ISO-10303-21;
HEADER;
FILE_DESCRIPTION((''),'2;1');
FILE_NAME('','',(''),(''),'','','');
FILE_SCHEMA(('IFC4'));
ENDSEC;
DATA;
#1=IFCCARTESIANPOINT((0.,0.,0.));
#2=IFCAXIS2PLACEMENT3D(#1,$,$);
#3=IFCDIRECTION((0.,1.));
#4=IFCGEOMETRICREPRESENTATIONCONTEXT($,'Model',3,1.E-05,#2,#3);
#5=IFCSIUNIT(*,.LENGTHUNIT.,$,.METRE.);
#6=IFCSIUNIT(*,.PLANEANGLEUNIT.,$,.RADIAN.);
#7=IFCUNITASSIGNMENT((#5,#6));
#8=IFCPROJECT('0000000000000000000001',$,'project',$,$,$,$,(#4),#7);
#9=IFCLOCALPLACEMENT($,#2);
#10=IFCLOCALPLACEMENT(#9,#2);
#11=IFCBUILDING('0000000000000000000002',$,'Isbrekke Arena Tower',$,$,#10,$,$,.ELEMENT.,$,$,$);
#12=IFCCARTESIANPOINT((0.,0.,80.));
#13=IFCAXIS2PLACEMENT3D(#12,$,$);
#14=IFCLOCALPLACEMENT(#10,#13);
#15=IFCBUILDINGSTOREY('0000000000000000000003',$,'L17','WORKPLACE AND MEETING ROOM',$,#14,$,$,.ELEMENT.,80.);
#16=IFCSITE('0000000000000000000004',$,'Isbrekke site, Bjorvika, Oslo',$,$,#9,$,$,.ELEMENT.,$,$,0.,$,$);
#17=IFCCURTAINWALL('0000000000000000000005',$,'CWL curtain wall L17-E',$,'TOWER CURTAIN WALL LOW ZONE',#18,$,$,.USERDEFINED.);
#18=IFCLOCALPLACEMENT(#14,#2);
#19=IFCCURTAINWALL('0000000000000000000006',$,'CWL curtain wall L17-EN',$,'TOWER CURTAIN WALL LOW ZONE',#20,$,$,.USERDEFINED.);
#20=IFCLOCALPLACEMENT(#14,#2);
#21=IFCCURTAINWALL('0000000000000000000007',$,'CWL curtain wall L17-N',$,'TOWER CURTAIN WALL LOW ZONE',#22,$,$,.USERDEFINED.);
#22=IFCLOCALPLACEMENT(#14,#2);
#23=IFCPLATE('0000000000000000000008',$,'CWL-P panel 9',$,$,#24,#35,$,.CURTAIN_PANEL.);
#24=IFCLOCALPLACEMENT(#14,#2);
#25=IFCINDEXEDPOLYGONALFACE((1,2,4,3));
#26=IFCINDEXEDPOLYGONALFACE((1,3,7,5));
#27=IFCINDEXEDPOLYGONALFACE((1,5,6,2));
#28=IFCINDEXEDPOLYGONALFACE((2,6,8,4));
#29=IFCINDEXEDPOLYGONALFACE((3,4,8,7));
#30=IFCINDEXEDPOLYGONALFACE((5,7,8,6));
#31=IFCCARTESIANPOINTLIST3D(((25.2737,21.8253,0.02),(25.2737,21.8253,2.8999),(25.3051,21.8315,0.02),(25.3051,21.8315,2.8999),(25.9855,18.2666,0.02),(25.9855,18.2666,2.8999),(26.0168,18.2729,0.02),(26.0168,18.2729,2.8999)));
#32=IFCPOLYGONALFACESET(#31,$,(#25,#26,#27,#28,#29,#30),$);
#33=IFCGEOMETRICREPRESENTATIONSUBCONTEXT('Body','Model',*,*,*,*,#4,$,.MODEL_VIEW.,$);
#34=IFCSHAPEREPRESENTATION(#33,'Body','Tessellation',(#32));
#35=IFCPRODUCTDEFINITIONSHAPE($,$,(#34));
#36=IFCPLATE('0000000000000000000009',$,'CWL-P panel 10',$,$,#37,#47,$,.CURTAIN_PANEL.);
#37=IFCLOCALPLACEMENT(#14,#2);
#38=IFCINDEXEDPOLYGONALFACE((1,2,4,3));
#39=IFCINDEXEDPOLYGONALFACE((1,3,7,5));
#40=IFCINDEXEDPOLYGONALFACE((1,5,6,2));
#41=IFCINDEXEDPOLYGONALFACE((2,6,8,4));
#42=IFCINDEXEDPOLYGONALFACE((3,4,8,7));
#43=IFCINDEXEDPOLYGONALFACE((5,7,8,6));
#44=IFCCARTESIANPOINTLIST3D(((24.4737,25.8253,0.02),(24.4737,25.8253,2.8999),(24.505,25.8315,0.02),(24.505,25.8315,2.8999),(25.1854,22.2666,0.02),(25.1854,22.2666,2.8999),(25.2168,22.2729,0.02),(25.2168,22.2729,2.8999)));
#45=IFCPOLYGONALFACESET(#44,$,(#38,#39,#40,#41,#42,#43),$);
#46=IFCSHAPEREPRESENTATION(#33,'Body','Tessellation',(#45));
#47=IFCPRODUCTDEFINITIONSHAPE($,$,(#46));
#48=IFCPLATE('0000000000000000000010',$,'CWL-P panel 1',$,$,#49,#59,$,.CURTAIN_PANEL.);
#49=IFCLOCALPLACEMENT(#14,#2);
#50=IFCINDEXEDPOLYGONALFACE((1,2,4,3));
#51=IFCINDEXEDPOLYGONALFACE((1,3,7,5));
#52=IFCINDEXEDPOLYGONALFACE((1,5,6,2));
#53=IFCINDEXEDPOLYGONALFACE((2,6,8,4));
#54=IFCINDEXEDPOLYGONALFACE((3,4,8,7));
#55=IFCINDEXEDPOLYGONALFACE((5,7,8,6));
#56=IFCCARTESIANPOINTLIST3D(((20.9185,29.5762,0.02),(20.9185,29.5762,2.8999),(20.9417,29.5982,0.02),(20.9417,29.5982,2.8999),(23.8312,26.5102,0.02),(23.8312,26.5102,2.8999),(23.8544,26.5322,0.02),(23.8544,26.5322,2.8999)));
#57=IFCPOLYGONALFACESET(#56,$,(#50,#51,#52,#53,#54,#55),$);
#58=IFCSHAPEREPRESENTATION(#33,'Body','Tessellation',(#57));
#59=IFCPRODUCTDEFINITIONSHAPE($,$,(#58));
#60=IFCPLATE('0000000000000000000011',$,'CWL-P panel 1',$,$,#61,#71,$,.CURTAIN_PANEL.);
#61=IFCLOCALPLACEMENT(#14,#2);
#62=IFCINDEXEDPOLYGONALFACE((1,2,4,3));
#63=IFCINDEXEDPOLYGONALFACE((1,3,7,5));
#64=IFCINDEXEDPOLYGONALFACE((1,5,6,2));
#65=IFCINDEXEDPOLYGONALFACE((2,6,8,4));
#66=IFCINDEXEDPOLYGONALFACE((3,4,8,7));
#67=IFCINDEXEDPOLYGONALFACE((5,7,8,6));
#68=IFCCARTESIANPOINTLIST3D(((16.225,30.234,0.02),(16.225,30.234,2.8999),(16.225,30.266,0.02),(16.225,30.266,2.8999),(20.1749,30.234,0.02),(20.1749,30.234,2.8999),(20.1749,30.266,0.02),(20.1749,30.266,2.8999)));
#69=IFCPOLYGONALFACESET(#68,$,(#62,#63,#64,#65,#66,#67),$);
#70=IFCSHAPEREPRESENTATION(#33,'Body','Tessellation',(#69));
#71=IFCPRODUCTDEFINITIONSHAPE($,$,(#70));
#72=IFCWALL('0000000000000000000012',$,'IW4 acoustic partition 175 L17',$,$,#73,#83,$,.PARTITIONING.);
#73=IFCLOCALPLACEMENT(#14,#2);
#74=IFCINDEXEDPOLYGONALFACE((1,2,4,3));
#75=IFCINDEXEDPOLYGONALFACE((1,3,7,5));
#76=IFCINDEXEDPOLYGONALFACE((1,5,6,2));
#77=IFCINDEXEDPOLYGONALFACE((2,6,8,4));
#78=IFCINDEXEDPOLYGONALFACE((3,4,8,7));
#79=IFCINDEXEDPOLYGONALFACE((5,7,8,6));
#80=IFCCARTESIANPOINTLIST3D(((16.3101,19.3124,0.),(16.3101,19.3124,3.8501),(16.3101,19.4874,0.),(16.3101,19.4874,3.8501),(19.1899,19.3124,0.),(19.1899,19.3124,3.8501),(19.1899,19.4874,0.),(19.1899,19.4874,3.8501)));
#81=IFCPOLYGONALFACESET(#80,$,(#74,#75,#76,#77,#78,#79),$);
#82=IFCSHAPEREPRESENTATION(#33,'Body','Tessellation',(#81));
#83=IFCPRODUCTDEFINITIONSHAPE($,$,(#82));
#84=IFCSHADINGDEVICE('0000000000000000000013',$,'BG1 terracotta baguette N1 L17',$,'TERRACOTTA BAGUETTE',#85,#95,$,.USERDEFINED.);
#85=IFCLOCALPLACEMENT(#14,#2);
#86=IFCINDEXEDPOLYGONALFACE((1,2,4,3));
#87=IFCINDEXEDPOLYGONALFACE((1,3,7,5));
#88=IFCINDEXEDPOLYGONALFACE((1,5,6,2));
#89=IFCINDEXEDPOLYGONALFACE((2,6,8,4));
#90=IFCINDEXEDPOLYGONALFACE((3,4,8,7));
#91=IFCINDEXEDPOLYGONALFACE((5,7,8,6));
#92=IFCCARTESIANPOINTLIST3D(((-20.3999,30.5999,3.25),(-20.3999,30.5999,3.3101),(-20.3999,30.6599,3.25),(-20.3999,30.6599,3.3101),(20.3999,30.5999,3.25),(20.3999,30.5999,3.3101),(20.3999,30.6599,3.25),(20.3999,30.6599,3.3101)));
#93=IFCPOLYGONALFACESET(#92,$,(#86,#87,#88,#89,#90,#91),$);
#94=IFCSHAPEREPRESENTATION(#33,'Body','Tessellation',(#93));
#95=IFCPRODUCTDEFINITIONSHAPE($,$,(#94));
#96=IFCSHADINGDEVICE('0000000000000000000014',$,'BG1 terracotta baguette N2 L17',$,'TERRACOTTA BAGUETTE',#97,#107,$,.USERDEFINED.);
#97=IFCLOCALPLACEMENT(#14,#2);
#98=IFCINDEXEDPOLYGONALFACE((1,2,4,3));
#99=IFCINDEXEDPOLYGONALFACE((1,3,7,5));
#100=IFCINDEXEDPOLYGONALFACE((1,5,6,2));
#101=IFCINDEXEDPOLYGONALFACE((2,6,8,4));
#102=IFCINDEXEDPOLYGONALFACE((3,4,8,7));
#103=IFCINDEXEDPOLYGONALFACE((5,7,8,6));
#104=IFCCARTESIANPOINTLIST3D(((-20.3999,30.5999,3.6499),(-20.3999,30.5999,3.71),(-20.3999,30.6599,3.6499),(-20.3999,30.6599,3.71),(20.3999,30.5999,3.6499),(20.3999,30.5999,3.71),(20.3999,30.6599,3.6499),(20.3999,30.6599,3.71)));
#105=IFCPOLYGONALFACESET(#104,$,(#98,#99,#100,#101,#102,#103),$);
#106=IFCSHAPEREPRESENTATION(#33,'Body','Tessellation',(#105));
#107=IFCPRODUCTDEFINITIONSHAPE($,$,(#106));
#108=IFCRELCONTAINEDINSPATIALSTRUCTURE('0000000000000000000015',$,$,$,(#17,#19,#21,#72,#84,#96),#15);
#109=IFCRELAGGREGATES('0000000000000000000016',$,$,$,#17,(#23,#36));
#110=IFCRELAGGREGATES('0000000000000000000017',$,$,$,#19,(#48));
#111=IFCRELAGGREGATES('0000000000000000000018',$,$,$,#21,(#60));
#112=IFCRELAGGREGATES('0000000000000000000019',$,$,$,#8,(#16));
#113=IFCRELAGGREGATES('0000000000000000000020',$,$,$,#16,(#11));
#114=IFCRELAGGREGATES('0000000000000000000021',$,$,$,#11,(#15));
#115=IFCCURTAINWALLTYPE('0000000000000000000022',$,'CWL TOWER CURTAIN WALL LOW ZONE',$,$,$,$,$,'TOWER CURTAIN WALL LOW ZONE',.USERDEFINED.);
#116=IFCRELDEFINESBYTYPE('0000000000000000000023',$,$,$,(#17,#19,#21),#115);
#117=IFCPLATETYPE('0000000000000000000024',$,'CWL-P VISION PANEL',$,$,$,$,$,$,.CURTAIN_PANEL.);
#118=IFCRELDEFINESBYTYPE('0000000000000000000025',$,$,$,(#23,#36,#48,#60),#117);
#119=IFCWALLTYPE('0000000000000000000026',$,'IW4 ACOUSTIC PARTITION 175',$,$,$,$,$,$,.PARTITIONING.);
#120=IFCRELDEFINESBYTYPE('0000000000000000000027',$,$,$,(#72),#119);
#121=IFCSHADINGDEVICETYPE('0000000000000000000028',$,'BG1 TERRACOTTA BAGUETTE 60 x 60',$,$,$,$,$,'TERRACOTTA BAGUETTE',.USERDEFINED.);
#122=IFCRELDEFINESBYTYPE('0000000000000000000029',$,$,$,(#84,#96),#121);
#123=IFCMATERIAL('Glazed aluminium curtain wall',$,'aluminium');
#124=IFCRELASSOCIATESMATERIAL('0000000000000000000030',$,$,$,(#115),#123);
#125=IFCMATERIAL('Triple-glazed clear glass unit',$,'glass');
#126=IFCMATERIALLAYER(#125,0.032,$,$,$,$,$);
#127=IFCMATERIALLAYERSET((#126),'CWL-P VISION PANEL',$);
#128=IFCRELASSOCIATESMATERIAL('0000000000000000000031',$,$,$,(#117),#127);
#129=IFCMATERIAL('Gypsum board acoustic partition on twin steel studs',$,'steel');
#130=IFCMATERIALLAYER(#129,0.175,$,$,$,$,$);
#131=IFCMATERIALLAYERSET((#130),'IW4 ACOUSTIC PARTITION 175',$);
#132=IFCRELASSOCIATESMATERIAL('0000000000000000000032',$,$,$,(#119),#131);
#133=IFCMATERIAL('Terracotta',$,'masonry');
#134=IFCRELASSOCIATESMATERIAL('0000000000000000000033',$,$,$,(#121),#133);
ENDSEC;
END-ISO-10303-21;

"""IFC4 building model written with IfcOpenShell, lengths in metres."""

from ifc_helpers import new_model, si_unit, direction, frame, frame_2d, origin, origin_2d, place, context, subcontext, project, spatial, rectangle, extrude, material, layer, layer_set, material_profile, profile_set, type_object, element, aggregate, save


model = new_model("IFC4")

# Units and contexts
model_context = context("Model", 3, precision=1e-05, world=origin(), true_north=direction((0.0, 1.0)))
body_context = subcontext(model_context, "Body", "Model", "MODEL_VIEW")
ifc_project = project(units=[si_unit("LENGTHUNIT", "METRE"), si_unit("PLANEANGLEUNIT", "RADIAN")], contexts=[model_context])

# Site, building, storey
site_placement = place(None, origin())
site = spatial("IfcSite", under=ifc_project, at=site_placement, Name="Isbrekke site, Bjorvika, Oslo", CompositionType="ELEMENT", RefElevation=0.0)
building_placement = place(site_placement, origin())
building = spatial("IfcBuilding", under=site, at=building_placement, Name="Isbrekke Arena Tower", CompositionType="ELEMENT")
storey_placement = place(building_placement, frame((0.0, 0.0, 80.0)))
storey = spatial("IfcBuildingStorey", under=building, at=storey_placement, Name="L17", Description="WORKPLACE AND MEETING ROOM", CompositionType="ELEMENT", Elevation=80.0)

# Curtain walls
ifc_material_1 = material(Name="Glazed aluminium curtain wall", Category="aluminium")
curtain_wall_type = type_object("IfcCurtainWallType", Name="CWL TOWER CURTAIN WALL LOW ZONE", ElementType="TOWER CURTAIN WALL LOW ZONE", PredefinedType="USERDEFINED", material=ifc_material_1)
curtain_wall_1_placement = place(storey_placement, origin())
curtain_wall_1 = element("IfcCurtainWall", 1, at=curtain_wall_1_placement, inside=storey, type_object=curtain_wall_type, Name="CWL curtain wall L17-E", ObjectType="TOWER CURTAIN WALL LOW ZONE", PredefinedType="USERDEFINED")
curtain_wall_2_placement = place(storey_placement, origin())
curtain_wall_2 = element("IfcCurtainWall", 2, at=curtain_wall_2_placement, inside=storey, type_object=curtain_wall_type, Name="CWL curtain wall L17-EN", ObjectType="TOWER CURTAIN WALL LOW ZONE", PredefinedType="USERDEFINED")

# Curtain wall
curtain_wall_3_placement = place(storey_placement, origin())
curtain_wall_3 = element("IfcCurtainWall", 3, at=curtain_wall_3_placement, inside=storey, type_object=curtain_wall_type, Name="CWL curtain wall L17-N", ObjectType="TOWER CURTAIN WALL LOW ZONE", PredefinedType="USERDEFINED")

# Plates
ifc_material_2 = material(Name="Triple-glazed clear glass unit", Category="glass")
ifc_layer_1 = layer(ifc_material_2, 0.032)
ifc_layer_set_1 = layer_set([ifc_layer_1], Name="CWL-P VISION PANEL")
plate_type = type_object("IfcPlateType", Name="CWL-P VISION PANEL", PredefinedType="CURTAIN_PANEL", material=ifc_layer_set_1)
plate_1_placement = place(storey_placement, frame((25.6453, 20.0491, 0.02), z_axis=(0.0, 0.0, 1.0), x_axis=(-0.196116, 0.980581, 0.0)))
plate_1 = element("IfcPlate", 4, at=plate_1_placement, type_object=plate_type, Name="CWL-P panel 9", PredefinedType="CURTAIN_PANEL", context=body_context, shape_type="SweptSolid", body=[
    extrude(rectangle(XDim=3.6292, YDim=0.032, at=origin_2d()), origin(), (0.0, 0.0, 1.0), 2.8799),
])
plate_2_placement = place(storey_placement, frame((24.8452, 24.0491, 0.02), z_axis=(0.0, 0.0, 1.0), x_axis=(-0.196116, 0.980581, 0.0)))
plate_2 = element("IfcPlate", 5, at=plate_2_placement, type_object=plate_type, Name="CWL-P panel 10", PredefinedType="CURTAIN_PANEL", context=body_context, shape_type="SweptSolid", body=[
    extrude(rectangle(XDim=3.6292, YDim=0.032, at=origin_2d()), origin(), (0.0, 0.0, 1.0), 2.8799),
])
aggregate(curtain_wall_1, [plate_1, plate_2])
plate_3_placement = place(storey_placement, frame((22.3865, 28.0542, 0.02), z_axis=(0.0, 0.0, 1.0), x_axis=(-0.688749, 0.724999, 0.0)))
plate_3 = element("IfcPlate", 6, at=plate_3_placement, type_object=plate_type, Name="CWL-P panel 1", PredefinedType="CURTAIN_PANEL", context=body_context, shape_type="SweptSolid", body=[
    extrude(rectangle(XDim=4.229, YDim=0.032, at=origin_2d()), origin(), (0.0, 0.0, 1.0), 2.8799),
])
aggregate(curtain_wall_2, [plate_3])
plate_4_placement = place(storey_placement, frame((18.2, 30.25, 0.02), z_axis=(0.0, 0.0, 1.0), x_axis=(-1.0, 0.0, 0.0)))
plate_4 = element("IfcPlate", 7, at=plate_4_placement, type_object=plate_type, Name="CWL-P panel 1", PredefinedType="CURTAIN_PANEL", context=body_context, shape_type="SweptSolid", body=[
    extrude(rectangle(XDim=3.95, YDim=0.032, at=origin_2d()), origin(), (0.0, 0.0, 1.0), 2.8799),
])
aggregate(curtain_wall_3, [plate_4])

# Wall
ifc_material_3 = material(Name="Gypsum board acoustic partition on twin steel studs", Category="steel")
ifc_layer_2 = layer(ifc_material_3, 0.175)
ifc_layer_set_2 = layer_set([ifc_layer_2], Name="IW4 ACOUSTIC PARTITION 175")
wall_type = type_object("IfcWallType", Name="IW4 ACOUSTIC PARTITION 175", PredefinedType="PARTITIONING", material=ifc_layer_set_2)
wall_placement = place(storey_placement, frame((16.3101, 19.3999, 0.0), z_axis=(0.0, 0.0, 1.0), x_axis=(1.0, 0.0, 0.0)))
element("IfcWall", 8, at=wall_placement, inside=storey, type_object=wall_type, Name="IW4 acoustic partition 175 L17", PredefinedType="PARTITIONING", context=body_context, shape_type="SweptSolid", body=[
    extrude(rectangle(XDim=2.8799, YDim=0.175, at=frame_2d((1.4399, 0.0))), origin(), (0.0, 0.0, 1.0), 3.8501),
])

# Shading devices
ifc_material_4 = material(Name="Terracotta", Category="masonry")
ifc_material_profile_1 = material_profile(ifc_material_4, rectangle(XDim=0.0601, YDim=0.0601, at=origin_2d()), Name="BAGUETTE 60X60")
ifc_profile_set_1 = profile_set([ifc_material_profile_1], Name="Terracotta")
shading_device_type = type_object("IfcShadingDeviceType", Name="BG1 TERRACOTTA BAGUETTE 60 x 60", ElementType="TERRACOTTA BAGUETTE", PredefinedType="USERDEFINED", material=ifc_profile_set_1)
for number, where, z_axis, x_axis, name in (
    (9, (20.3999, 30.6299, 3.28), (-1.0, 0.0, 0.0), (0.0, -1.0, 0.0), "BG1 terracotta baguette N1 L17"),
    (10, (20.3999, 30.6299, 3.6799), (-1.0, 0.0, 0.0), (0.0, -1.0, 0.0), "BG1 terracotta baguette N2 L17"),
):
    element("IfcShadingDevice", number, at=place(storey_placement, frame(where, z_axis=z_axis, x_axis=x_axis)), inside=storey, type_object=shading_device_type, Name=name, ObjectType="TERRACOTTA BAGUETTE", PredefinedType="USERDEFINED", context=body_context, shape_type="SweptSolid", body=[
        extrude(rectangle(XDim=0.0601, YDim=0.0601, at=origin_2d()), origin(), (0.0, 0.0, 1.0), 40.7998),
    ])

save(model, "model.ifc")
